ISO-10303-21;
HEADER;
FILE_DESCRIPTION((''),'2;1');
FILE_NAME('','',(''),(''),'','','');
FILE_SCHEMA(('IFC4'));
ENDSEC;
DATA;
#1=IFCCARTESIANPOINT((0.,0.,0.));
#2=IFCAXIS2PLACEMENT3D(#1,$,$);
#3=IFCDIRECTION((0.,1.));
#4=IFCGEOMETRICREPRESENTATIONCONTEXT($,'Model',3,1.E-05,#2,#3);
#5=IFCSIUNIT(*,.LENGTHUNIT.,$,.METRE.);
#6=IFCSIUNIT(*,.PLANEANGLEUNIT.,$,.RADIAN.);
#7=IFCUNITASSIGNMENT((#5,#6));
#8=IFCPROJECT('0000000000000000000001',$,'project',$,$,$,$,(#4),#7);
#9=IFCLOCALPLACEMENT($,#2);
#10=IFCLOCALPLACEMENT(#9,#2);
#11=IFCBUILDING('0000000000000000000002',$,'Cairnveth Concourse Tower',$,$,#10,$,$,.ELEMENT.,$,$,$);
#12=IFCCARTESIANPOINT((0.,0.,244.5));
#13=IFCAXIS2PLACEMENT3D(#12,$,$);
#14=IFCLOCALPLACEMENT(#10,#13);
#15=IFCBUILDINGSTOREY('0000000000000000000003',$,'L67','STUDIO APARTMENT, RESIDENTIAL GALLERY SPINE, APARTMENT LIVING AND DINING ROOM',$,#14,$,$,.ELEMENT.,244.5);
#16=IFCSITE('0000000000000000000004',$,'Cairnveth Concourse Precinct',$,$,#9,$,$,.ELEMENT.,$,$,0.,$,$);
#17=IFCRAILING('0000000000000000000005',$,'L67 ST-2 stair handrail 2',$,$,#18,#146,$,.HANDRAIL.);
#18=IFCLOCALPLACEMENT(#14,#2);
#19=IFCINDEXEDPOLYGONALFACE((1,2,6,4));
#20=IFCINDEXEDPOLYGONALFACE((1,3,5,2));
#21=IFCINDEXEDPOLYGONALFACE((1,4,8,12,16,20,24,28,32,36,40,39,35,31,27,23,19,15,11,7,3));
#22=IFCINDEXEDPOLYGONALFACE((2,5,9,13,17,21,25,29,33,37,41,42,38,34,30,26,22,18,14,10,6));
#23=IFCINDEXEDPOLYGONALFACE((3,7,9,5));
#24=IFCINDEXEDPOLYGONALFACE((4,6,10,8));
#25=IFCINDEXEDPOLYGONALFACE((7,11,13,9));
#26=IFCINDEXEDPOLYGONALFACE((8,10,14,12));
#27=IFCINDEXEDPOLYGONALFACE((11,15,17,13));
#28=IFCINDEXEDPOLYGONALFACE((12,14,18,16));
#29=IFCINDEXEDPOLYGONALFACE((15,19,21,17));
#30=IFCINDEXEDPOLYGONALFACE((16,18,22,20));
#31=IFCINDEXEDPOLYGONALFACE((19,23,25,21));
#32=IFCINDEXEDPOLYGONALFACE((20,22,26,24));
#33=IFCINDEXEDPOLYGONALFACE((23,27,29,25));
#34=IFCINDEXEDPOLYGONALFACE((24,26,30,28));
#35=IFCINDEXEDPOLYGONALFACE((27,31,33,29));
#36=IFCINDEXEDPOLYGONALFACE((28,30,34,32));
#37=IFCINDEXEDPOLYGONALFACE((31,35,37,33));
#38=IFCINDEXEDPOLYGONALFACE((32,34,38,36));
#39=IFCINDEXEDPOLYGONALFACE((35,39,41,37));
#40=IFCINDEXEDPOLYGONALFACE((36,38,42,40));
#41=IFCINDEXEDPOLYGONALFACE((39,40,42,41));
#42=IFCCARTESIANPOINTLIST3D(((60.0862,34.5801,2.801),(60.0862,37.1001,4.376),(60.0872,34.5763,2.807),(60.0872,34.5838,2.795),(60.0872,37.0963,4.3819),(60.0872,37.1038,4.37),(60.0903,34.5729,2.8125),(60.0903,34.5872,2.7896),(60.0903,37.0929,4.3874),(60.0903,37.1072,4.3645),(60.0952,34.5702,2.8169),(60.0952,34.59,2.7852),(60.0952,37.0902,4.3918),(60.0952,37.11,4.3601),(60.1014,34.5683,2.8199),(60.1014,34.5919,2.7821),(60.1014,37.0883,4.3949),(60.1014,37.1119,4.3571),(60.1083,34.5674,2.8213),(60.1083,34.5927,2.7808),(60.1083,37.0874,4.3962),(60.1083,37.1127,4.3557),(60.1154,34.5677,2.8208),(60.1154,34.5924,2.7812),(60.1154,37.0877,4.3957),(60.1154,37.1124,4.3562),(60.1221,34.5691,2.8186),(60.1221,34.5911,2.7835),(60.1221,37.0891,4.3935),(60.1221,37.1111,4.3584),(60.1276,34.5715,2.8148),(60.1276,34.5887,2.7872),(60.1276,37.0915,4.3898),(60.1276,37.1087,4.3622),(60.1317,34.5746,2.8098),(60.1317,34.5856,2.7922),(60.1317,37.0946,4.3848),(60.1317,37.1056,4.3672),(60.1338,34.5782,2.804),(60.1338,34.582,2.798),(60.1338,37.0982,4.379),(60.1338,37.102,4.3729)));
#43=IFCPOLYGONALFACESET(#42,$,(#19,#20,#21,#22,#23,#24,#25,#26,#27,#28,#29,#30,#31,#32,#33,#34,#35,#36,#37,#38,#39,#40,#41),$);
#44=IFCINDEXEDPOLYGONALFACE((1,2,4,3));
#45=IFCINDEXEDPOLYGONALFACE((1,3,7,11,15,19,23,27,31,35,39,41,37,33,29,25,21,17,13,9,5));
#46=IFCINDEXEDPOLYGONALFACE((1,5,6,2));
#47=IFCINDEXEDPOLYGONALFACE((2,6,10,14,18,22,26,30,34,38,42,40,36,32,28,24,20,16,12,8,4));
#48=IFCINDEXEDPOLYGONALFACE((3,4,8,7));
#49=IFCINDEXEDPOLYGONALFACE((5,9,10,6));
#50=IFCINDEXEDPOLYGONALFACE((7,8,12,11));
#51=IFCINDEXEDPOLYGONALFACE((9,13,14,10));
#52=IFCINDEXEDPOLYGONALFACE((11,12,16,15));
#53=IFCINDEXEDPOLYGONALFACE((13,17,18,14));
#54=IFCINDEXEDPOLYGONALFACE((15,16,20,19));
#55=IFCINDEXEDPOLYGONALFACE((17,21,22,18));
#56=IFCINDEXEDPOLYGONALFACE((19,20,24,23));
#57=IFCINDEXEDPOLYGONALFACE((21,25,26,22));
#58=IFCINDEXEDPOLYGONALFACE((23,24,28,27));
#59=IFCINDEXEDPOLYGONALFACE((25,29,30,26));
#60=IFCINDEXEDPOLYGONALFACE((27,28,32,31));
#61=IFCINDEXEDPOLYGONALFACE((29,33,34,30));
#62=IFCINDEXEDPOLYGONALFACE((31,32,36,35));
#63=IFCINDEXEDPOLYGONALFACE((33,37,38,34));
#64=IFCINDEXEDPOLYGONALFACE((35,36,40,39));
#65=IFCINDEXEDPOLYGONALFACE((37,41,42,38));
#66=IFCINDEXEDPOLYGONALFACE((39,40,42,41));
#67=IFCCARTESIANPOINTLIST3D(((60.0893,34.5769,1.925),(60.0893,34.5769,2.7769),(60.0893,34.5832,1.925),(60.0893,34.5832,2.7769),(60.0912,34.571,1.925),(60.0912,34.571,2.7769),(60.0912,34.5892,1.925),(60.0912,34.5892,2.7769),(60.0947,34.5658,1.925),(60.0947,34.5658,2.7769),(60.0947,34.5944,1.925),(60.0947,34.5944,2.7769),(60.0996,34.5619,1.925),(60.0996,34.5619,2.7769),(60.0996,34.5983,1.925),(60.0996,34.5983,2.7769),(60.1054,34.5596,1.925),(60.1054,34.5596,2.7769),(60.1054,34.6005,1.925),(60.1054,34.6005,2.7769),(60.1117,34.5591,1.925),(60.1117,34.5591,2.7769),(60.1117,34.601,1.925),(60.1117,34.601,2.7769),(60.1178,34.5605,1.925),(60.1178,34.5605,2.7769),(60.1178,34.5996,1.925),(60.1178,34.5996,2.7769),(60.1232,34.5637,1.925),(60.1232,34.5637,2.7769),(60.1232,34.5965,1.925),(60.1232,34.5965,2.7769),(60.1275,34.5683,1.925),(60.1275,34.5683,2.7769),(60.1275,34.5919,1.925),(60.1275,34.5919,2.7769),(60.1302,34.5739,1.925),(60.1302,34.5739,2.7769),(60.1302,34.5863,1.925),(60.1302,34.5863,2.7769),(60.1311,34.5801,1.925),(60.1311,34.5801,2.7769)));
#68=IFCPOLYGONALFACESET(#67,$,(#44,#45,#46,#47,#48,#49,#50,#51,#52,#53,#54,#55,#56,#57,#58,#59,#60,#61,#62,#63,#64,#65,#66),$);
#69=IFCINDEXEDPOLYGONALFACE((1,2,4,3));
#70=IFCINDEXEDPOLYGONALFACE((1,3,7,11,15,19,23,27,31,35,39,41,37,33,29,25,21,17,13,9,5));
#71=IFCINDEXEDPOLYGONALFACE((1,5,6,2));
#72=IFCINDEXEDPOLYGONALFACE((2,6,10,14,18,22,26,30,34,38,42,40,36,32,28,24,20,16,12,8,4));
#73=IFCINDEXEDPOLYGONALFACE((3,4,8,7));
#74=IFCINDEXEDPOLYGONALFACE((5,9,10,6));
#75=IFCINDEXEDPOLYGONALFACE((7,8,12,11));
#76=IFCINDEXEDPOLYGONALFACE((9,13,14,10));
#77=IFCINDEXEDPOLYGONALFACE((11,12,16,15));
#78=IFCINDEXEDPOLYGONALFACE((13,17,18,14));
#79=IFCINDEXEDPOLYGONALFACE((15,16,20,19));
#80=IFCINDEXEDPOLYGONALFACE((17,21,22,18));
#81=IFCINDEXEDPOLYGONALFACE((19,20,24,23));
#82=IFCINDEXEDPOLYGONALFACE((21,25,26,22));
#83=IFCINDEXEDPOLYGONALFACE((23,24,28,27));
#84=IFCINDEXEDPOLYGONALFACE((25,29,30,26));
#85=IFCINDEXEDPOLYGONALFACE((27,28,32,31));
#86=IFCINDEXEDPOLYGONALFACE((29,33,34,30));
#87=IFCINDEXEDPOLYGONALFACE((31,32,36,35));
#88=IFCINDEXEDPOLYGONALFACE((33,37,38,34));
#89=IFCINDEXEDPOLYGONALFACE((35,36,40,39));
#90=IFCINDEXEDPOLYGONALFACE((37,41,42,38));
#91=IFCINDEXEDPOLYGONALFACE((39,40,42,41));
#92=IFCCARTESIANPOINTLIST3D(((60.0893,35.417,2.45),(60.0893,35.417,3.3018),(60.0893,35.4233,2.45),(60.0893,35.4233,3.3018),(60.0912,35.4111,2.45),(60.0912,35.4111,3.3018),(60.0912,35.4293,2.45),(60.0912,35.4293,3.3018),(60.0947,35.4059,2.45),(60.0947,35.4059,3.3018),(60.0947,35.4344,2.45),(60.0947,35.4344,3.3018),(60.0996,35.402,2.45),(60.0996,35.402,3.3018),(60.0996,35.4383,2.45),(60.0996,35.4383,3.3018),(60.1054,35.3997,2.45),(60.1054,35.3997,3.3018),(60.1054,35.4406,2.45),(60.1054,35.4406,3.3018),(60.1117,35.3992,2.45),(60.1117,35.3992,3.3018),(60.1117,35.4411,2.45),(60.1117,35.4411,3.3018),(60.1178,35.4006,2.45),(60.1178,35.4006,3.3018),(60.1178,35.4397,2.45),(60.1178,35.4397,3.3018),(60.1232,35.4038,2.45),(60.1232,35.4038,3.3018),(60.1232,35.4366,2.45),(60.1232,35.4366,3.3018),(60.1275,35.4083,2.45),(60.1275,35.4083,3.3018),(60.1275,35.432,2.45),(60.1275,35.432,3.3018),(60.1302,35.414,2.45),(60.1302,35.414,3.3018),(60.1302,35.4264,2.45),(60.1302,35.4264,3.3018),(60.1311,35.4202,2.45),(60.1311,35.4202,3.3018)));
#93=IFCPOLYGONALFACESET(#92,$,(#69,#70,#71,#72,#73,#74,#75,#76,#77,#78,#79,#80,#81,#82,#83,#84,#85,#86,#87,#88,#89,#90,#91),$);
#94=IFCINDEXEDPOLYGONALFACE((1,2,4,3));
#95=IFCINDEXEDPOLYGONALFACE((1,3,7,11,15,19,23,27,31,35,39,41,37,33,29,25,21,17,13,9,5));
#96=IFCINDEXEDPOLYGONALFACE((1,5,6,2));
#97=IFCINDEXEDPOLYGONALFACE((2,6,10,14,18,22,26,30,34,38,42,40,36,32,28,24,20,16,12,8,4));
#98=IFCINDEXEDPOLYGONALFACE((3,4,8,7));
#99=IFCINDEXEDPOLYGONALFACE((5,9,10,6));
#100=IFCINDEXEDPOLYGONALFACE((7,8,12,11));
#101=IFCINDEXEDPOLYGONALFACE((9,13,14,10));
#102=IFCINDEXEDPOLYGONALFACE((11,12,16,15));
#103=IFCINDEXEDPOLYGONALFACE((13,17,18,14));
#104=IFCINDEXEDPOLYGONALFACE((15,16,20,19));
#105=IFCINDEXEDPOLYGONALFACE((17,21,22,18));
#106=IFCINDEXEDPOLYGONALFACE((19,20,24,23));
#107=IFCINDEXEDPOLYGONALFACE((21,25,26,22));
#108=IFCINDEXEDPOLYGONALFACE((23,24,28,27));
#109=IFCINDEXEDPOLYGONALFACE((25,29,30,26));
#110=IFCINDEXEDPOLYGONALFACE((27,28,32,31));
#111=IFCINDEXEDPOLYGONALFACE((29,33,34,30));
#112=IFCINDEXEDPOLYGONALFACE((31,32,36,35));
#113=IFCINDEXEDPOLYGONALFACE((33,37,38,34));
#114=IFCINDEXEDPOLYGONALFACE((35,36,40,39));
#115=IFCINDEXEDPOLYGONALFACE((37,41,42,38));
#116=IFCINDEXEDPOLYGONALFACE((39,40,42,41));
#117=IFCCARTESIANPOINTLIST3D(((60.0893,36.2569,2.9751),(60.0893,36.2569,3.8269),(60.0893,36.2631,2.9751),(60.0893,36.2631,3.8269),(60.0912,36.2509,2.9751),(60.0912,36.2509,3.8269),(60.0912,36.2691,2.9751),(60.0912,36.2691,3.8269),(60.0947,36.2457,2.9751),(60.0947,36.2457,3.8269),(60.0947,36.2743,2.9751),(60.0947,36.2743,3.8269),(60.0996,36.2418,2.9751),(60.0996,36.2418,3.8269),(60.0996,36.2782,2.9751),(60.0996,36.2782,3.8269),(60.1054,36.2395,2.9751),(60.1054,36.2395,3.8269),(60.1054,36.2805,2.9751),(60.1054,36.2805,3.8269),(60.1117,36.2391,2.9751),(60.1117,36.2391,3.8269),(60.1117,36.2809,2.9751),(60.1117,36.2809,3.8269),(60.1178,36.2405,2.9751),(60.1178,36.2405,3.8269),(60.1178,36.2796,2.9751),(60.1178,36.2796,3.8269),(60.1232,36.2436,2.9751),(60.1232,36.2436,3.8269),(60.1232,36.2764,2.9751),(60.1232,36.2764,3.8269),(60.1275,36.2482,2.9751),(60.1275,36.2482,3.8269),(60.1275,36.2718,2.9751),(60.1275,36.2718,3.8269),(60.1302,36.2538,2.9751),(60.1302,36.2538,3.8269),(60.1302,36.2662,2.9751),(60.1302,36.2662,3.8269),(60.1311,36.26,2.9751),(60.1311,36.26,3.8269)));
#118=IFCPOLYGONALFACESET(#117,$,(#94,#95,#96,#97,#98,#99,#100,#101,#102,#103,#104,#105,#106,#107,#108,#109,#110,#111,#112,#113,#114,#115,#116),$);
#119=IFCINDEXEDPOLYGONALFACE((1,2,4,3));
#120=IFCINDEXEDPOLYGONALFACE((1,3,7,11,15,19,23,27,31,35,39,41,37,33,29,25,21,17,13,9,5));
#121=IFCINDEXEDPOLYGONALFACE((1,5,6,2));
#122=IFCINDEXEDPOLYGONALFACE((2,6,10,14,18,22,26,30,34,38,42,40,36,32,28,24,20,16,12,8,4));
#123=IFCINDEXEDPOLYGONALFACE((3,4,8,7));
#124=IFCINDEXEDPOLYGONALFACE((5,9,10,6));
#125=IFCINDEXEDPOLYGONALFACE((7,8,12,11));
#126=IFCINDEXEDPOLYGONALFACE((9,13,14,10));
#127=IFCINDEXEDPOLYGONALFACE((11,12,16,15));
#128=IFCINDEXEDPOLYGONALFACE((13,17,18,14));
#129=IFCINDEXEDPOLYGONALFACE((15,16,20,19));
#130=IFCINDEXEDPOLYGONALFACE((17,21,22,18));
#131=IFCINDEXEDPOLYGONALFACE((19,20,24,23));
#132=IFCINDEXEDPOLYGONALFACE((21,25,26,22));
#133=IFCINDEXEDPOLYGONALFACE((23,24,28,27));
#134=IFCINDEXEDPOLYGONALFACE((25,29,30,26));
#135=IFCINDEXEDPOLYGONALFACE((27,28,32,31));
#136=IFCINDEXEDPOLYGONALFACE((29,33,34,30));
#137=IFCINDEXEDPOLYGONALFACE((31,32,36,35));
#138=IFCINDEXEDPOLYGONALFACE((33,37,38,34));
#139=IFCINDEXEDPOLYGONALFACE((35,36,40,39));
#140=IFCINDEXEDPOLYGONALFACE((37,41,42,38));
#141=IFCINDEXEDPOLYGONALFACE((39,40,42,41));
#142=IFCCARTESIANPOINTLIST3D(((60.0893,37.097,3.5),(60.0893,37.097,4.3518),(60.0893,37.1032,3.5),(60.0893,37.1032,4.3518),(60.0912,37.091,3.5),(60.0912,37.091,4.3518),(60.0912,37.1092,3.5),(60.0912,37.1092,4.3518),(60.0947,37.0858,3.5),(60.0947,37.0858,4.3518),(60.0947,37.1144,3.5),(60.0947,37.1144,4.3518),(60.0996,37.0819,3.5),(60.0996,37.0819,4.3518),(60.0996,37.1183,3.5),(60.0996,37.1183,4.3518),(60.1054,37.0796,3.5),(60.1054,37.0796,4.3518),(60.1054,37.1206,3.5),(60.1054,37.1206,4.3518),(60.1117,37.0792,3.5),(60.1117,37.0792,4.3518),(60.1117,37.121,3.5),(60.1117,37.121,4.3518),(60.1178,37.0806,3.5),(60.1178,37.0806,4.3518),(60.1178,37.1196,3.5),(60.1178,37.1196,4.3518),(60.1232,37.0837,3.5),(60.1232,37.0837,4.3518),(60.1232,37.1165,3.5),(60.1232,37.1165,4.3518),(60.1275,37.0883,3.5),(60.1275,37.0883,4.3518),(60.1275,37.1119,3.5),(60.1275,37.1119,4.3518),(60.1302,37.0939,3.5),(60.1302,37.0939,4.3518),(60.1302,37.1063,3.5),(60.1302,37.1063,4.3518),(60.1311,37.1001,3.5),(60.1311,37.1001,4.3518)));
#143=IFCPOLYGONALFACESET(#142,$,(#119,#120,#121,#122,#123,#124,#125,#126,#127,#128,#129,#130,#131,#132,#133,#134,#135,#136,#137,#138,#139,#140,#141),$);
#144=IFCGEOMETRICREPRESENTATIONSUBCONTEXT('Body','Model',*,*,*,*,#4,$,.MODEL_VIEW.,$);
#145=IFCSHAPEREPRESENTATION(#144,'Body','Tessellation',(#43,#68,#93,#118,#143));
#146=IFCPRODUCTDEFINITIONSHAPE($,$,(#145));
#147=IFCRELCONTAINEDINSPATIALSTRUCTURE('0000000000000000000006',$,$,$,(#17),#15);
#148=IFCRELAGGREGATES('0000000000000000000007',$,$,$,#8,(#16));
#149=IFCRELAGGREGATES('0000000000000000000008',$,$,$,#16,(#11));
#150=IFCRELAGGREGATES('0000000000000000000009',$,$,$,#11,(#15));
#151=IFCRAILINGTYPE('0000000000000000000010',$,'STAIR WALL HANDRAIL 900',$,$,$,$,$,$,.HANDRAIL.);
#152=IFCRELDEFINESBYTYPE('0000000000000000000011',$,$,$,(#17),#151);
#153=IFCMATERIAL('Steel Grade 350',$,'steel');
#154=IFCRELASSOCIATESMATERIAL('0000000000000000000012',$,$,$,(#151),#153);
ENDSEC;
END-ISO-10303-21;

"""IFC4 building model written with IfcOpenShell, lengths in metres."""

from ifc_helpers import new_model, si_unit, direction, frame, origin, origin_2d, place, context, subcontext, project, spatial, circle, extrude, material, type_object, element, save


model = new_model("IFC4")

# Units and contexts
model_context = context("Model", 3, precision=1e-05, world=origin(), true_north=direction((0.0, 1.0)))
body_context = subcontext(model_context, "Body", "Model", "MODEL_VIEW")
ifc_project = project(units=[si_unit("LENGTHUNIT", "METRE"), si_unit("PLANEANGLEUNIT", "RADIAN")], contexts=[model_context])

# Site, building, storey
site_placement = place(None, origin())
site = spatial("IfcSite", under=ifc_project, at=site_placement, Name="Cairnveth Concourse Precinct", CompositionType="ELEMENT", RefElevation=0.0)
building_placement = place(site_placement, origin())
building = spatial("IfcBuilding", under=site, at=building_placement, Name="Cairnveth Concourse Tower", CompositionType="ELEMENT")
storey_placement = place(building_placement, frame((0.0, 0.0, 244.5)))
storey = spatial("IfcBuildingStorey", under=building, at=storey_placement, Name="L67", Description="STUDIO APARTMENT, RESIDENTIAL GALLERY SPINE, APARTMENT LIVING AND DINING ROOM", CompositionType="ELEMENT", Elevation=244.5)

# Shared definitions
ifc_material_1 = material(Name="Steel Grade 350", Category="steel")

# Railing
railing_type_1 = type_object("IfcRailingType", Name="STAIR WALL HANDRAIL 900", PredefinedType="HANDRAIL", material=ifc_material_1)
railing_1_placement = place(storey_placement, frame((60.1101, 34.5801, 1.925)))
element("IfcRailing", 1, at=railing_1_placement, inside=storey, type_object=railing_type_1, Name="L67 ST-2 stair handrail 2", PredefinedType="HANDRAIL", context=body_context, shape_type="SweptSolid", body=[
    extrude(circle(Radius=0.0239, at=origin_2d()), frame((0.0, 0.0, 0.876), z_axis=(0.0, 0.848008, 0.529984), x_axis=(-1.0, 0.0, 0.0)), (0.0, 0.0, 1.0), 2.9717),
    extrude(circle(Radius=0.021, at=origin_2d()), origin(), (0.0, 0.0, 1.0), 0.8518),
    extrude(circle(Radius=0.021, at=origin_2d()), frame((0.0, 0.8401, 0.5249)), (0.0, 0.0, 1.0), 0.8518),
    extrude(circle(Radius=0.021, at=origin_2d()), frame((0.0, 1.6799, 1.05)), (0.0, 0.0, 1.0), 0.8518),
    extrude(circle(Radius=0.021, at=origin_2d()), frame((0.0, 2.52, 1.575)), (0.0, 0.0, 1.0), 0.8518),
])

save(model, "model.ifc")
